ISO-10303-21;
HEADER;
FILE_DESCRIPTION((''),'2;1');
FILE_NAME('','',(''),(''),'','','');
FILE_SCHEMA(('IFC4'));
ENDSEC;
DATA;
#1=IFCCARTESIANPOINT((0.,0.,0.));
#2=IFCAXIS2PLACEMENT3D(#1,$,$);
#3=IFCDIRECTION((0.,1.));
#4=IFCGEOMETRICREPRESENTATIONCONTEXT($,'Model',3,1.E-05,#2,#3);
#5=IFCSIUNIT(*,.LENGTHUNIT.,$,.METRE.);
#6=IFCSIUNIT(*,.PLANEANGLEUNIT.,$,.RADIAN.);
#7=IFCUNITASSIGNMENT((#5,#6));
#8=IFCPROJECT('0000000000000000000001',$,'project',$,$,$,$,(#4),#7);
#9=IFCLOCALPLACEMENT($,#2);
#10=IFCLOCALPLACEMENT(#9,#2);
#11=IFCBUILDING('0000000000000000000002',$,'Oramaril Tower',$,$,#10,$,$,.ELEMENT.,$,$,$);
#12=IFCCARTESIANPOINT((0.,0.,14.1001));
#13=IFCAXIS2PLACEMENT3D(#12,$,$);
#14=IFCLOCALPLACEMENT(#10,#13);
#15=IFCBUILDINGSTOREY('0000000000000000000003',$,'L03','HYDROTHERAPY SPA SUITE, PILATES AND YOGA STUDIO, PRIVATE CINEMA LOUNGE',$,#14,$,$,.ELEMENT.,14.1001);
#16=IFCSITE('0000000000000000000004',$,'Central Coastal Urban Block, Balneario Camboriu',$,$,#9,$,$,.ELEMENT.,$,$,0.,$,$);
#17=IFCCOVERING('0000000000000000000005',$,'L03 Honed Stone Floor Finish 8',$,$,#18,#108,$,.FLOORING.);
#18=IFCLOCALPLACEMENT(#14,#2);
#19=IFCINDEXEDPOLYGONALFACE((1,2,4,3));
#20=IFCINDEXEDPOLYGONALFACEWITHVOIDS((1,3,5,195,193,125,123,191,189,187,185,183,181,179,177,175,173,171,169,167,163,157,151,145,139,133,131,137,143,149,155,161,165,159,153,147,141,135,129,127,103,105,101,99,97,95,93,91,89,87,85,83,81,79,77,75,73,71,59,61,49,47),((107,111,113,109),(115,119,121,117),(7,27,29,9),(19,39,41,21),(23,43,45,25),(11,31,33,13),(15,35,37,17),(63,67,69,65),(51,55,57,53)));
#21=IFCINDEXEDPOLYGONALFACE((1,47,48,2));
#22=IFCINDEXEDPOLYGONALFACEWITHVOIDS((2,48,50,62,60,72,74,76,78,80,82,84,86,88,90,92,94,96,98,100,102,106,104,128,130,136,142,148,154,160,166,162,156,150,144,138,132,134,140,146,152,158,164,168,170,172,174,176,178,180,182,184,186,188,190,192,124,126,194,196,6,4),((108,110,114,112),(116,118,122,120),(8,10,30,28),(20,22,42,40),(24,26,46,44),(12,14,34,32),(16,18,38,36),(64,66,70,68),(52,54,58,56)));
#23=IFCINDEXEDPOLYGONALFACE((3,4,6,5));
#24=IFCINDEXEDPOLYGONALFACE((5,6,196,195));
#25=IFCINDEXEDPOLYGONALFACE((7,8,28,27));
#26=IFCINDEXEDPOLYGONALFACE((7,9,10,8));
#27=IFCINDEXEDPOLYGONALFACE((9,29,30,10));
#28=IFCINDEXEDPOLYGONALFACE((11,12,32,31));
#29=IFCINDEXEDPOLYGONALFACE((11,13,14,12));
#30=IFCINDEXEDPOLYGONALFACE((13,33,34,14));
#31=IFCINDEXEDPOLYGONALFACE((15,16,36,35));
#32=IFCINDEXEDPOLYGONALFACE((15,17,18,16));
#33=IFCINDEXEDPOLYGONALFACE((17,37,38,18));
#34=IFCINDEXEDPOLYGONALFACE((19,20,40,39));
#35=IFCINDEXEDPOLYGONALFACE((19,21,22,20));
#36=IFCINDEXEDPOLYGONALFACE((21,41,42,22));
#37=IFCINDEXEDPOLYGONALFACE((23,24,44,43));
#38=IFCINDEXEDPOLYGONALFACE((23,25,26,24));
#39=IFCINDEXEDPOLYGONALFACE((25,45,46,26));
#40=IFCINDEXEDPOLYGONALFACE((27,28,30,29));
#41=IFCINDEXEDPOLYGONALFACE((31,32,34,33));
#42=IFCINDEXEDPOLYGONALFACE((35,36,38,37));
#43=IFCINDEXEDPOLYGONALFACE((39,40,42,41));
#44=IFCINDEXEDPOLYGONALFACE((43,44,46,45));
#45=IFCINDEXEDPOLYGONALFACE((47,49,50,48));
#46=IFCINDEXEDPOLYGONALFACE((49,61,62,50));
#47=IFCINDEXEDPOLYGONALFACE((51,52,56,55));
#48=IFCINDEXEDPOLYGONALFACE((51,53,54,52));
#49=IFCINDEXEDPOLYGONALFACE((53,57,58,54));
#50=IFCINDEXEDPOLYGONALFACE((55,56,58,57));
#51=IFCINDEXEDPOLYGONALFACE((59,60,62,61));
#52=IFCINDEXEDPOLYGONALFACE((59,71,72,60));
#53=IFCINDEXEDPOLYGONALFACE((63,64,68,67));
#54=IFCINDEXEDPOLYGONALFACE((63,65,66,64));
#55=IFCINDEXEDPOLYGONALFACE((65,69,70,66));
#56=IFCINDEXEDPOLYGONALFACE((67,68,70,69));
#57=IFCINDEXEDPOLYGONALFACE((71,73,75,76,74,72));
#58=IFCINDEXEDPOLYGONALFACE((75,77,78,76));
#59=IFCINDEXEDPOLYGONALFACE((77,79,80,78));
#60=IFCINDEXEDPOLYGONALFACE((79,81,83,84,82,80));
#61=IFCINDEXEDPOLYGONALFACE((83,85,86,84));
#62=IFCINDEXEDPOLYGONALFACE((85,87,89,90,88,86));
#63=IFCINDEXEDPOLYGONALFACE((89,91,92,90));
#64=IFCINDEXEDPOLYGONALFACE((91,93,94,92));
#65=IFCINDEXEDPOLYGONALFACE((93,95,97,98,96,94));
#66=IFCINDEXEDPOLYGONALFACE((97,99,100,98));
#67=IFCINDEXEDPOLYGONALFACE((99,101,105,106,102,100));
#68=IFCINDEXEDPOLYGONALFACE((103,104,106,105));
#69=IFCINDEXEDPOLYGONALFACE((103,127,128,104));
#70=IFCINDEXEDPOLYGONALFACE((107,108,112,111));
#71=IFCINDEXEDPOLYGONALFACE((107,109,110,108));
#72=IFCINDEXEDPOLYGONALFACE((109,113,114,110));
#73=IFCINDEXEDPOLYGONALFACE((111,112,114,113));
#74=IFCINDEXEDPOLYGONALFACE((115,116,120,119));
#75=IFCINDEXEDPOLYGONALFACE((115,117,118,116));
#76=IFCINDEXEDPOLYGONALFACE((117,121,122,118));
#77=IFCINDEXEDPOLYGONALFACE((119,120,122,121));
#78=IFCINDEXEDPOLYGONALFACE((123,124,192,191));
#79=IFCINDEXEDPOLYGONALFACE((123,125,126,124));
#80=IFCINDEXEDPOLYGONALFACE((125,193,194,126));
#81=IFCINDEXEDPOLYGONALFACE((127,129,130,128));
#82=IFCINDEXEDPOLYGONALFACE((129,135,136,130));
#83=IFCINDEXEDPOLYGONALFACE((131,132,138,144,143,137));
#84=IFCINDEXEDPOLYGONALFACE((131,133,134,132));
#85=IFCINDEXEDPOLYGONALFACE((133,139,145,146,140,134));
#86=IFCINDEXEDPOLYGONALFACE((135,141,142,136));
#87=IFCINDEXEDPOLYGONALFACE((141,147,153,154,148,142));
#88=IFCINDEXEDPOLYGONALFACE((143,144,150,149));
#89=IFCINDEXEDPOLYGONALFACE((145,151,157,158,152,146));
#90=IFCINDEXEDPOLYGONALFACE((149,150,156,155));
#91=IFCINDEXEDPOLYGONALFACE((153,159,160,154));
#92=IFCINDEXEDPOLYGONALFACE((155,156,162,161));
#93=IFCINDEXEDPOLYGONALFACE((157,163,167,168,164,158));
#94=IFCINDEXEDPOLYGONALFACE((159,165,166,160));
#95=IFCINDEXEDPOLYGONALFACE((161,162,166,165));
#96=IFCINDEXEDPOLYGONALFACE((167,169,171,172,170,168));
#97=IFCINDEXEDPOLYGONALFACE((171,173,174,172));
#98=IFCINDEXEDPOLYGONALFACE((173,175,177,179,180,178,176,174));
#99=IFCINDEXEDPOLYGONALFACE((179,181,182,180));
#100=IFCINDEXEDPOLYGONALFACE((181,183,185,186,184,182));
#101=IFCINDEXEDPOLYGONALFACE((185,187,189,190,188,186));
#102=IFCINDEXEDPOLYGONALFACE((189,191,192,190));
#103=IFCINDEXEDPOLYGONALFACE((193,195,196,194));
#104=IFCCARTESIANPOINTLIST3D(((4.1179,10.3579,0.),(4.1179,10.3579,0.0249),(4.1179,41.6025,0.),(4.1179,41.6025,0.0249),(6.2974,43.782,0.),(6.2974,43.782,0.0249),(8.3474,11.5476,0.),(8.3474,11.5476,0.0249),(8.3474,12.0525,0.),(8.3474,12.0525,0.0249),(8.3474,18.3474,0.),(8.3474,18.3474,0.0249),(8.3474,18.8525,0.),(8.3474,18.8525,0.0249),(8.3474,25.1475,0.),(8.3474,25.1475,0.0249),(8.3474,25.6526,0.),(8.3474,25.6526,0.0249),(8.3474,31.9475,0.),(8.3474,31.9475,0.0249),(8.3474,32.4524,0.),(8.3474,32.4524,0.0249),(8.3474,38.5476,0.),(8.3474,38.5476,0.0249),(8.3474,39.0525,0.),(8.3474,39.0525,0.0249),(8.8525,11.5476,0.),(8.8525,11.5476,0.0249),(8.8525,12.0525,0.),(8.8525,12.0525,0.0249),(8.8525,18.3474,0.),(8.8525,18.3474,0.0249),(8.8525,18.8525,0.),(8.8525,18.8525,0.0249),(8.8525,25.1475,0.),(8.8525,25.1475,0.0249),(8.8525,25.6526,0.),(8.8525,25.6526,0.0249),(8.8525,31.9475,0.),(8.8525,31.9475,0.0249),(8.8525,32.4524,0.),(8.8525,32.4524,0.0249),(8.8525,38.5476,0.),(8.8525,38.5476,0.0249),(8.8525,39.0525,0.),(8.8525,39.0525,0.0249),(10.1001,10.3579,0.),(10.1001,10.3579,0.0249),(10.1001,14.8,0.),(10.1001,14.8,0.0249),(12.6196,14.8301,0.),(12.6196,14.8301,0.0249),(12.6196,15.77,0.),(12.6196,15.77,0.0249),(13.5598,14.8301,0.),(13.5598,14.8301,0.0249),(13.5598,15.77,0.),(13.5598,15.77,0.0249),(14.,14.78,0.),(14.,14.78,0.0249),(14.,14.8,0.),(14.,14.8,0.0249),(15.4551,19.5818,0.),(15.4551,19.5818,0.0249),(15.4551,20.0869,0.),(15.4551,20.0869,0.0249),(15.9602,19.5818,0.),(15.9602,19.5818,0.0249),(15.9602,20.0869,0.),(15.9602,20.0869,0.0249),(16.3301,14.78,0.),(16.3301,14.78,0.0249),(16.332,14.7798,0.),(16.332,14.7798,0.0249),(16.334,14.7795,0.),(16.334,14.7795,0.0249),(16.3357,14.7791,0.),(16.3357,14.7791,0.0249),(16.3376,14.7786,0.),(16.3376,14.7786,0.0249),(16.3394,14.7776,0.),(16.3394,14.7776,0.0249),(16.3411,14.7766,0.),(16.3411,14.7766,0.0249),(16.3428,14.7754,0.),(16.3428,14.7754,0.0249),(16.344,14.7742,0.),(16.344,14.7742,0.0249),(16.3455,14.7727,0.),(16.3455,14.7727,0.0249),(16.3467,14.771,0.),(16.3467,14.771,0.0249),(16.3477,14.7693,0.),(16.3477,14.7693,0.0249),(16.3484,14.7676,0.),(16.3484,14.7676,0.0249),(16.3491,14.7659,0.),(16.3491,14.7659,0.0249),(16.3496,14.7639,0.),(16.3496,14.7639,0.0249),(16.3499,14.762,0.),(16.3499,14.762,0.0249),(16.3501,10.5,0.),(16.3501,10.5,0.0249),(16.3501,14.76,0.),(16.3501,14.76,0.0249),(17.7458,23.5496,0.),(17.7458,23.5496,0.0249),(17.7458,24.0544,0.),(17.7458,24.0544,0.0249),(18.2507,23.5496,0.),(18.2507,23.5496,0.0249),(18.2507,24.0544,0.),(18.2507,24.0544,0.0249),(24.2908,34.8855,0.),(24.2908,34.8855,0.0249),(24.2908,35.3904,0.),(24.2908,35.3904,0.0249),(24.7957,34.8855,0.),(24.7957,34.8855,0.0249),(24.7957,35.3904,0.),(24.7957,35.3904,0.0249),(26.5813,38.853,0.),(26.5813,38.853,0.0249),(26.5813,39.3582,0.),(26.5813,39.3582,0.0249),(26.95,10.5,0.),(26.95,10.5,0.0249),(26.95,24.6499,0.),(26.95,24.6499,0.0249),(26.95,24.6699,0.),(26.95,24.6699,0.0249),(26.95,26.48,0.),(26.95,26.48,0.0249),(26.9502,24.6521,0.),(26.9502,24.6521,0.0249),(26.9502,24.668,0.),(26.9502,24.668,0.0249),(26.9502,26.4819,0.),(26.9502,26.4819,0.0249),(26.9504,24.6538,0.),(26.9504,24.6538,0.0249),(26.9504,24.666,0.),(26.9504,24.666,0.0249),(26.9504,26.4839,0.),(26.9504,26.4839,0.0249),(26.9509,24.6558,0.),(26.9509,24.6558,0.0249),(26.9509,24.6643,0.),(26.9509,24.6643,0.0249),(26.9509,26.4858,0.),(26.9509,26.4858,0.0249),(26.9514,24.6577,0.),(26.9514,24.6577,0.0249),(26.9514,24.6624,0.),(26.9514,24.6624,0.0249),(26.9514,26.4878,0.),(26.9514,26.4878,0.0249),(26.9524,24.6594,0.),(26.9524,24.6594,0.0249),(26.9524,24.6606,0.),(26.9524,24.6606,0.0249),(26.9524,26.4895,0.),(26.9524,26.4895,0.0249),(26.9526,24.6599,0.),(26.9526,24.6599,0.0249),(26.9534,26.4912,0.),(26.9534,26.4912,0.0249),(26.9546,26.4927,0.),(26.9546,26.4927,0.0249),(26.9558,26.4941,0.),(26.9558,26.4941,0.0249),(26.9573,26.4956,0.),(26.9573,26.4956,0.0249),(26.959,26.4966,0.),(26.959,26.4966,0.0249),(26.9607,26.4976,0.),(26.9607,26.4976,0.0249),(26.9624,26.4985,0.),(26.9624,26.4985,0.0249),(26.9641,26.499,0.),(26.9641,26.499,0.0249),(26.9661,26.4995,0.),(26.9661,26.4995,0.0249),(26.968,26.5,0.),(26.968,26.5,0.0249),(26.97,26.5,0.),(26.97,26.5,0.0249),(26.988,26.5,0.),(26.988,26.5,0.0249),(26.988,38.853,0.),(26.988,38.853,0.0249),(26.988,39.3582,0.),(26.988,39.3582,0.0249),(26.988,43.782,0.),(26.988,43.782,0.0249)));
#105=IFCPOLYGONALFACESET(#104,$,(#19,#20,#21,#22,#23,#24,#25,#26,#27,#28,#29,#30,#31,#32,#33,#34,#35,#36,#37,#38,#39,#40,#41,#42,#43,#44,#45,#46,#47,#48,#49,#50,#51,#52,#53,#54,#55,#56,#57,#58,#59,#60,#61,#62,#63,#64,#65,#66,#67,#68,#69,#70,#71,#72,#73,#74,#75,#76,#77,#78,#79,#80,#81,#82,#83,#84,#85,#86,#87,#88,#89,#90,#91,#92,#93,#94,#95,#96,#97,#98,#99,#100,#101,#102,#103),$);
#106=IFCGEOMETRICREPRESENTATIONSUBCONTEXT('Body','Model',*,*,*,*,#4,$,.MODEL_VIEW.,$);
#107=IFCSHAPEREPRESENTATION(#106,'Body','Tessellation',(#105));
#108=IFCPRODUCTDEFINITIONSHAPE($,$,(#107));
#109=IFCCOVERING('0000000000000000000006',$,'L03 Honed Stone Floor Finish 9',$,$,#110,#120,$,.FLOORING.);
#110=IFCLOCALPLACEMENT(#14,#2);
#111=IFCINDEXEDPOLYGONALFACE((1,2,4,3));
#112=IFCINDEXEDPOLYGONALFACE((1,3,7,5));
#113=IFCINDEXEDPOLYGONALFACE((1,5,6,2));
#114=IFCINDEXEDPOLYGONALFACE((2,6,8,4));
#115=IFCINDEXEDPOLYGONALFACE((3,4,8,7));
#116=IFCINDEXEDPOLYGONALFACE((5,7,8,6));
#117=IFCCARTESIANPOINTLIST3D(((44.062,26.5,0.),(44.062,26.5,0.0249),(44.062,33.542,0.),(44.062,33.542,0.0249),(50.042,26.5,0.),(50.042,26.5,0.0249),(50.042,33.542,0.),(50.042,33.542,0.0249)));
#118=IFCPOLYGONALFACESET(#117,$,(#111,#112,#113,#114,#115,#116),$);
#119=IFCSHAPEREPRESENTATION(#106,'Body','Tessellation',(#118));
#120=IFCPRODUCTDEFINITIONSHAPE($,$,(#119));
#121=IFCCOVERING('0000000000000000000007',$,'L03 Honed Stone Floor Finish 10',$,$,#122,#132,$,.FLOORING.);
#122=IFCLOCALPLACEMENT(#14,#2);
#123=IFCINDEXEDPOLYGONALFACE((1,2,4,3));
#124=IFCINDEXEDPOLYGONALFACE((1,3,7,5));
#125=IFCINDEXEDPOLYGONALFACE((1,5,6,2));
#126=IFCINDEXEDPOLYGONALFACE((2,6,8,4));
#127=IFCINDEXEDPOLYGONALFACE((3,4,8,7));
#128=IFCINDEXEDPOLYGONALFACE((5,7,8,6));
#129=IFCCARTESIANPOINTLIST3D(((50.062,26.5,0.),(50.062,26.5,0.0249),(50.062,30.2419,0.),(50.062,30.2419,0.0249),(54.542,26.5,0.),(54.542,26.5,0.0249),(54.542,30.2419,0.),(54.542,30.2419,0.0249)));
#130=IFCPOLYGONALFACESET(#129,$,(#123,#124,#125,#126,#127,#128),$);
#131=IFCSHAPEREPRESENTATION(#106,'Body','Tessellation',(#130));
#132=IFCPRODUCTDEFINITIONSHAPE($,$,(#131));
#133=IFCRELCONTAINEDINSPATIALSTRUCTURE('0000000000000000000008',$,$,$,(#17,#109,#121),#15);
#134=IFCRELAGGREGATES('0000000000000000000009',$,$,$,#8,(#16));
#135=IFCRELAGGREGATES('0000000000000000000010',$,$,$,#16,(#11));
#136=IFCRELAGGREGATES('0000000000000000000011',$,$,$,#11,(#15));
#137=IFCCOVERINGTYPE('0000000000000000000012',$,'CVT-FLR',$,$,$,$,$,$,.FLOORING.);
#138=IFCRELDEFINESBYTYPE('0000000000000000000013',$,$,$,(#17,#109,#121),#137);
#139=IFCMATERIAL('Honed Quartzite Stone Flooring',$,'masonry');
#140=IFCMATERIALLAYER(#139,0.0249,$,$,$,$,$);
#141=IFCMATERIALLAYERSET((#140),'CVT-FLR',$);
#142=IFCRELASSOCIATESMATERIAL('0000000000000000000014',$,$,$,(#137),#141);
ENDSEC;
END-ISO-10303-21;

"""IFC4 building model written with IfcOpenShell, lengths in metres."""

from ifc_helpers import new_model, si_unit, direction, frame, origin, place, context, subcontext, project, spatial, polyline, outline, extrude, material, layer, layer_set, type_object, element, save


model = new_model("IFC4")

# Units and contexts
model_context = context("Model", 3, precision=1e-05, world=origin(), true_north=direction((0.0, 1.0)))
body_context = subcontext(model_context, "Body", "Model", "MODEL_VIEW")
ifc_project = project(units=[si_unit("LENGTHUNIT", "METRE"), si_unit("PLANEANGLEUNIT", "RADIAN")], contexts=[model_context])

# Site, building, storey
site_placement = place(None, origin())
site = spatial("IfcSite", under=ifc_project, at=site_placement, Name="Central Coastal Urban Block, Balneario Camboriu", CompositionType="ELEMENT", RefElevation=0.0)
building_placement = place(site_placement, origin())
building = spatial("IfcBuilding", under=site, at=building_placement, Name="Oramaril Tower", CompositionType="ELEMENT")
storey_placement = place(building_placement, frame((0.0, 0.0, 14.1001)))
storey = spatial("IfcBuildingStorey", under=building, at=storey_placement, Name="L03", Description="HYDROTHERAPY SPA SUITE, PILATES AND YOGA STUDIO, PRIVATE CINEMA LOUNGE", CompositionType="ELEMENT", Elevation=14.1001)

# Coverings
ifc_material_1 = material(Name="Honed Quartzite Stone Flooring", Category="masonry")
ifc_layer_1 = layer(ifc_material_1, 0.0249)
ifc_layer_set_1 = layer_set([ifc_layer_1], Name="CVT-FLR")
covering_type_1 = type_object("IfcCoveringType", Name="CVT-FLR", PredefinedType="FLOORING", material=ifc_layer_set_1)
covering_1_placement = place(storey_placement, origin())
element("IfcCovering", 1, at=covering_1_placement, inside=storey, type_object=covering_type_1, Name="L03 Honed Stone Floor Finish 8", PredefinedType="FLOORING", context=body_context, shape_type="SweptSolid", body=[
    extrude(outline(polyline([(14.0, 14.8), (10.1001, 14.8), (10.1001, 10.3579), (4.1179, 10.3579), (4.1179, 41.6025), (6.2974, 43.782), (26.988, 43.782), (26.988, 39.3582), (26.5813, 39.3582), (26.5813, 38.853), (26.988, 38.853), (26.988, 26.5), (26.97, 26.5), (26.968, 26.5), (26.9661, 26.4995), (26.9641, 26.499), (26.9624, 26.4985), (26.9607, 26.4976), (26.959, 26.4966), (26.9573, 26.4956), (26.9558, 26.4941), (26.9546, 26.4927), (26.9534, 26.4912), (26.9524, 26.4895), (26.9514, 26.4878), (26.9509, 26.4858), (26.9504, 26.4839), (26.9502, 26.4819), (26.95, 26.48), (26.95, 24.6699), (26.9502, 24.668), (26.9504, 24.666), (26.9509, 24.6643), (26.9514, 24.6624), (26.9524, 24.6606), (26.9526, 24.6599), (26.9524, 24.6594), (26.9514, 24.6577), (26.9509, 24.6558), (26.9504, 24.6538), (26.9502, 24.6521), (26.95, 24.6499), (26.95, 10.5), (16.3501, 10.5), (16.3501, 14.76), (16.3499, 14.762), (16.3496, 14.7639), (16.3491, 14.7659), (16.3484, 14.7676), (16.3477, 14.7693), (16.3467, 14.771), (16.3455, 14.7727), (16.344, 14.7742), (16.3428, 14.7754), (16.3411, 14.7766), (16.3394, 14.7776), (16.3376, 14.7786), (16.3357, 14.7791), (16.334, 14.7795), (16.332, 14.7798), (16.3301, 14.78), (14.0, 14.78), (14.0, 14.8)]), holes=[polyline([(8.8525, 12.0525), (8.3474, 12.0525), (8.3474, 11.5476), (8.8525, 11.5476), (8.8525, 12.0525)]), polyline([(13.5598, 15.77), (12.6196, 15.77), (12.6196, 14.8301), (13.5598, 14.8301), (13.5598, 15.77)]), polyline([(8.8525, 18.8525), (8.3474, 18.8525), (8.3474, 18.3474), (8.8525, 18.3474), (8.8525, 18.8525)]), polyline([(15.9602, 19.5818), (15.9602, 20.0869), (15.4551, 20.0869), (15.4551, 19.5818), (15.9602, 19.5818)]), polyline([(18.2507, 23.5496), (18.2507, 24.0544), (17.7458, 24.0544), (17.7458, 23.5496), (18.2507, 23.5496)]), polyline([(8.8525, 25.6526), (8.3474, 25.6526), (8.3474, 25.1475), (8.8525, 25.1475), (8.8525, 25.6526)]), polyline([(8.8525, 32.4524), (8.3474, 32.4524), (8.3474, 31.9475), (8.8525, 31.9475), (8.8525, 32.4524)]), polyline([(24.7957, 35.3904), (24.2908, 35.3904), (24.2908, 34.8855), (24.7957, 34.8855), (24.7957, 35.3904)]), polyline([(8.8525, 38.5476), (8.8525, 39.0525), (8.3474, 39.0525), (8.3474, 38.5476), (8.8525, 38.5476)])]), origin(), (0.0, 0.0, 1.0), 0.0249),
])
covering_2_placement = place(storey_placement, origin())
element("IfcCovering", 2, at=covering_2_placement, inside=storey, type_object=covering_type_1, Name="L03 Honed Stone Floor Finish 9", PredefinedType="FLOORING", context=body_context, shape_type="SweptSolid", body=[
    extrude(outline(polyline([(50.042, 33.542), (50.042, 26.5), (44.062, 26.5), (44.062, 33.542), (50.042, 33.542)])), origin(), (0.0, 0.0, 1.0), 0.0249),
])
covering_3_placement = place(storey_placement, origin())
element("IfcCovering", 3, at=covering_3_placement, inside=storey, type_object=covering_type_1, Name="L03 Honed Stone Floor Finish 10", PredefinedType="FLOORING", context=body_context, shape_type="SweptSolid", body=[
    extrude(outline(polyline([(54.542, 26.5), (50.062, 26.5), (50.062, 30.2419), (54.542, 30.2419), (54.542, 26.5)])), origin(), (0.0, 0.0, 1.0), 0.0249),
])

save(model, "model.ifc")
